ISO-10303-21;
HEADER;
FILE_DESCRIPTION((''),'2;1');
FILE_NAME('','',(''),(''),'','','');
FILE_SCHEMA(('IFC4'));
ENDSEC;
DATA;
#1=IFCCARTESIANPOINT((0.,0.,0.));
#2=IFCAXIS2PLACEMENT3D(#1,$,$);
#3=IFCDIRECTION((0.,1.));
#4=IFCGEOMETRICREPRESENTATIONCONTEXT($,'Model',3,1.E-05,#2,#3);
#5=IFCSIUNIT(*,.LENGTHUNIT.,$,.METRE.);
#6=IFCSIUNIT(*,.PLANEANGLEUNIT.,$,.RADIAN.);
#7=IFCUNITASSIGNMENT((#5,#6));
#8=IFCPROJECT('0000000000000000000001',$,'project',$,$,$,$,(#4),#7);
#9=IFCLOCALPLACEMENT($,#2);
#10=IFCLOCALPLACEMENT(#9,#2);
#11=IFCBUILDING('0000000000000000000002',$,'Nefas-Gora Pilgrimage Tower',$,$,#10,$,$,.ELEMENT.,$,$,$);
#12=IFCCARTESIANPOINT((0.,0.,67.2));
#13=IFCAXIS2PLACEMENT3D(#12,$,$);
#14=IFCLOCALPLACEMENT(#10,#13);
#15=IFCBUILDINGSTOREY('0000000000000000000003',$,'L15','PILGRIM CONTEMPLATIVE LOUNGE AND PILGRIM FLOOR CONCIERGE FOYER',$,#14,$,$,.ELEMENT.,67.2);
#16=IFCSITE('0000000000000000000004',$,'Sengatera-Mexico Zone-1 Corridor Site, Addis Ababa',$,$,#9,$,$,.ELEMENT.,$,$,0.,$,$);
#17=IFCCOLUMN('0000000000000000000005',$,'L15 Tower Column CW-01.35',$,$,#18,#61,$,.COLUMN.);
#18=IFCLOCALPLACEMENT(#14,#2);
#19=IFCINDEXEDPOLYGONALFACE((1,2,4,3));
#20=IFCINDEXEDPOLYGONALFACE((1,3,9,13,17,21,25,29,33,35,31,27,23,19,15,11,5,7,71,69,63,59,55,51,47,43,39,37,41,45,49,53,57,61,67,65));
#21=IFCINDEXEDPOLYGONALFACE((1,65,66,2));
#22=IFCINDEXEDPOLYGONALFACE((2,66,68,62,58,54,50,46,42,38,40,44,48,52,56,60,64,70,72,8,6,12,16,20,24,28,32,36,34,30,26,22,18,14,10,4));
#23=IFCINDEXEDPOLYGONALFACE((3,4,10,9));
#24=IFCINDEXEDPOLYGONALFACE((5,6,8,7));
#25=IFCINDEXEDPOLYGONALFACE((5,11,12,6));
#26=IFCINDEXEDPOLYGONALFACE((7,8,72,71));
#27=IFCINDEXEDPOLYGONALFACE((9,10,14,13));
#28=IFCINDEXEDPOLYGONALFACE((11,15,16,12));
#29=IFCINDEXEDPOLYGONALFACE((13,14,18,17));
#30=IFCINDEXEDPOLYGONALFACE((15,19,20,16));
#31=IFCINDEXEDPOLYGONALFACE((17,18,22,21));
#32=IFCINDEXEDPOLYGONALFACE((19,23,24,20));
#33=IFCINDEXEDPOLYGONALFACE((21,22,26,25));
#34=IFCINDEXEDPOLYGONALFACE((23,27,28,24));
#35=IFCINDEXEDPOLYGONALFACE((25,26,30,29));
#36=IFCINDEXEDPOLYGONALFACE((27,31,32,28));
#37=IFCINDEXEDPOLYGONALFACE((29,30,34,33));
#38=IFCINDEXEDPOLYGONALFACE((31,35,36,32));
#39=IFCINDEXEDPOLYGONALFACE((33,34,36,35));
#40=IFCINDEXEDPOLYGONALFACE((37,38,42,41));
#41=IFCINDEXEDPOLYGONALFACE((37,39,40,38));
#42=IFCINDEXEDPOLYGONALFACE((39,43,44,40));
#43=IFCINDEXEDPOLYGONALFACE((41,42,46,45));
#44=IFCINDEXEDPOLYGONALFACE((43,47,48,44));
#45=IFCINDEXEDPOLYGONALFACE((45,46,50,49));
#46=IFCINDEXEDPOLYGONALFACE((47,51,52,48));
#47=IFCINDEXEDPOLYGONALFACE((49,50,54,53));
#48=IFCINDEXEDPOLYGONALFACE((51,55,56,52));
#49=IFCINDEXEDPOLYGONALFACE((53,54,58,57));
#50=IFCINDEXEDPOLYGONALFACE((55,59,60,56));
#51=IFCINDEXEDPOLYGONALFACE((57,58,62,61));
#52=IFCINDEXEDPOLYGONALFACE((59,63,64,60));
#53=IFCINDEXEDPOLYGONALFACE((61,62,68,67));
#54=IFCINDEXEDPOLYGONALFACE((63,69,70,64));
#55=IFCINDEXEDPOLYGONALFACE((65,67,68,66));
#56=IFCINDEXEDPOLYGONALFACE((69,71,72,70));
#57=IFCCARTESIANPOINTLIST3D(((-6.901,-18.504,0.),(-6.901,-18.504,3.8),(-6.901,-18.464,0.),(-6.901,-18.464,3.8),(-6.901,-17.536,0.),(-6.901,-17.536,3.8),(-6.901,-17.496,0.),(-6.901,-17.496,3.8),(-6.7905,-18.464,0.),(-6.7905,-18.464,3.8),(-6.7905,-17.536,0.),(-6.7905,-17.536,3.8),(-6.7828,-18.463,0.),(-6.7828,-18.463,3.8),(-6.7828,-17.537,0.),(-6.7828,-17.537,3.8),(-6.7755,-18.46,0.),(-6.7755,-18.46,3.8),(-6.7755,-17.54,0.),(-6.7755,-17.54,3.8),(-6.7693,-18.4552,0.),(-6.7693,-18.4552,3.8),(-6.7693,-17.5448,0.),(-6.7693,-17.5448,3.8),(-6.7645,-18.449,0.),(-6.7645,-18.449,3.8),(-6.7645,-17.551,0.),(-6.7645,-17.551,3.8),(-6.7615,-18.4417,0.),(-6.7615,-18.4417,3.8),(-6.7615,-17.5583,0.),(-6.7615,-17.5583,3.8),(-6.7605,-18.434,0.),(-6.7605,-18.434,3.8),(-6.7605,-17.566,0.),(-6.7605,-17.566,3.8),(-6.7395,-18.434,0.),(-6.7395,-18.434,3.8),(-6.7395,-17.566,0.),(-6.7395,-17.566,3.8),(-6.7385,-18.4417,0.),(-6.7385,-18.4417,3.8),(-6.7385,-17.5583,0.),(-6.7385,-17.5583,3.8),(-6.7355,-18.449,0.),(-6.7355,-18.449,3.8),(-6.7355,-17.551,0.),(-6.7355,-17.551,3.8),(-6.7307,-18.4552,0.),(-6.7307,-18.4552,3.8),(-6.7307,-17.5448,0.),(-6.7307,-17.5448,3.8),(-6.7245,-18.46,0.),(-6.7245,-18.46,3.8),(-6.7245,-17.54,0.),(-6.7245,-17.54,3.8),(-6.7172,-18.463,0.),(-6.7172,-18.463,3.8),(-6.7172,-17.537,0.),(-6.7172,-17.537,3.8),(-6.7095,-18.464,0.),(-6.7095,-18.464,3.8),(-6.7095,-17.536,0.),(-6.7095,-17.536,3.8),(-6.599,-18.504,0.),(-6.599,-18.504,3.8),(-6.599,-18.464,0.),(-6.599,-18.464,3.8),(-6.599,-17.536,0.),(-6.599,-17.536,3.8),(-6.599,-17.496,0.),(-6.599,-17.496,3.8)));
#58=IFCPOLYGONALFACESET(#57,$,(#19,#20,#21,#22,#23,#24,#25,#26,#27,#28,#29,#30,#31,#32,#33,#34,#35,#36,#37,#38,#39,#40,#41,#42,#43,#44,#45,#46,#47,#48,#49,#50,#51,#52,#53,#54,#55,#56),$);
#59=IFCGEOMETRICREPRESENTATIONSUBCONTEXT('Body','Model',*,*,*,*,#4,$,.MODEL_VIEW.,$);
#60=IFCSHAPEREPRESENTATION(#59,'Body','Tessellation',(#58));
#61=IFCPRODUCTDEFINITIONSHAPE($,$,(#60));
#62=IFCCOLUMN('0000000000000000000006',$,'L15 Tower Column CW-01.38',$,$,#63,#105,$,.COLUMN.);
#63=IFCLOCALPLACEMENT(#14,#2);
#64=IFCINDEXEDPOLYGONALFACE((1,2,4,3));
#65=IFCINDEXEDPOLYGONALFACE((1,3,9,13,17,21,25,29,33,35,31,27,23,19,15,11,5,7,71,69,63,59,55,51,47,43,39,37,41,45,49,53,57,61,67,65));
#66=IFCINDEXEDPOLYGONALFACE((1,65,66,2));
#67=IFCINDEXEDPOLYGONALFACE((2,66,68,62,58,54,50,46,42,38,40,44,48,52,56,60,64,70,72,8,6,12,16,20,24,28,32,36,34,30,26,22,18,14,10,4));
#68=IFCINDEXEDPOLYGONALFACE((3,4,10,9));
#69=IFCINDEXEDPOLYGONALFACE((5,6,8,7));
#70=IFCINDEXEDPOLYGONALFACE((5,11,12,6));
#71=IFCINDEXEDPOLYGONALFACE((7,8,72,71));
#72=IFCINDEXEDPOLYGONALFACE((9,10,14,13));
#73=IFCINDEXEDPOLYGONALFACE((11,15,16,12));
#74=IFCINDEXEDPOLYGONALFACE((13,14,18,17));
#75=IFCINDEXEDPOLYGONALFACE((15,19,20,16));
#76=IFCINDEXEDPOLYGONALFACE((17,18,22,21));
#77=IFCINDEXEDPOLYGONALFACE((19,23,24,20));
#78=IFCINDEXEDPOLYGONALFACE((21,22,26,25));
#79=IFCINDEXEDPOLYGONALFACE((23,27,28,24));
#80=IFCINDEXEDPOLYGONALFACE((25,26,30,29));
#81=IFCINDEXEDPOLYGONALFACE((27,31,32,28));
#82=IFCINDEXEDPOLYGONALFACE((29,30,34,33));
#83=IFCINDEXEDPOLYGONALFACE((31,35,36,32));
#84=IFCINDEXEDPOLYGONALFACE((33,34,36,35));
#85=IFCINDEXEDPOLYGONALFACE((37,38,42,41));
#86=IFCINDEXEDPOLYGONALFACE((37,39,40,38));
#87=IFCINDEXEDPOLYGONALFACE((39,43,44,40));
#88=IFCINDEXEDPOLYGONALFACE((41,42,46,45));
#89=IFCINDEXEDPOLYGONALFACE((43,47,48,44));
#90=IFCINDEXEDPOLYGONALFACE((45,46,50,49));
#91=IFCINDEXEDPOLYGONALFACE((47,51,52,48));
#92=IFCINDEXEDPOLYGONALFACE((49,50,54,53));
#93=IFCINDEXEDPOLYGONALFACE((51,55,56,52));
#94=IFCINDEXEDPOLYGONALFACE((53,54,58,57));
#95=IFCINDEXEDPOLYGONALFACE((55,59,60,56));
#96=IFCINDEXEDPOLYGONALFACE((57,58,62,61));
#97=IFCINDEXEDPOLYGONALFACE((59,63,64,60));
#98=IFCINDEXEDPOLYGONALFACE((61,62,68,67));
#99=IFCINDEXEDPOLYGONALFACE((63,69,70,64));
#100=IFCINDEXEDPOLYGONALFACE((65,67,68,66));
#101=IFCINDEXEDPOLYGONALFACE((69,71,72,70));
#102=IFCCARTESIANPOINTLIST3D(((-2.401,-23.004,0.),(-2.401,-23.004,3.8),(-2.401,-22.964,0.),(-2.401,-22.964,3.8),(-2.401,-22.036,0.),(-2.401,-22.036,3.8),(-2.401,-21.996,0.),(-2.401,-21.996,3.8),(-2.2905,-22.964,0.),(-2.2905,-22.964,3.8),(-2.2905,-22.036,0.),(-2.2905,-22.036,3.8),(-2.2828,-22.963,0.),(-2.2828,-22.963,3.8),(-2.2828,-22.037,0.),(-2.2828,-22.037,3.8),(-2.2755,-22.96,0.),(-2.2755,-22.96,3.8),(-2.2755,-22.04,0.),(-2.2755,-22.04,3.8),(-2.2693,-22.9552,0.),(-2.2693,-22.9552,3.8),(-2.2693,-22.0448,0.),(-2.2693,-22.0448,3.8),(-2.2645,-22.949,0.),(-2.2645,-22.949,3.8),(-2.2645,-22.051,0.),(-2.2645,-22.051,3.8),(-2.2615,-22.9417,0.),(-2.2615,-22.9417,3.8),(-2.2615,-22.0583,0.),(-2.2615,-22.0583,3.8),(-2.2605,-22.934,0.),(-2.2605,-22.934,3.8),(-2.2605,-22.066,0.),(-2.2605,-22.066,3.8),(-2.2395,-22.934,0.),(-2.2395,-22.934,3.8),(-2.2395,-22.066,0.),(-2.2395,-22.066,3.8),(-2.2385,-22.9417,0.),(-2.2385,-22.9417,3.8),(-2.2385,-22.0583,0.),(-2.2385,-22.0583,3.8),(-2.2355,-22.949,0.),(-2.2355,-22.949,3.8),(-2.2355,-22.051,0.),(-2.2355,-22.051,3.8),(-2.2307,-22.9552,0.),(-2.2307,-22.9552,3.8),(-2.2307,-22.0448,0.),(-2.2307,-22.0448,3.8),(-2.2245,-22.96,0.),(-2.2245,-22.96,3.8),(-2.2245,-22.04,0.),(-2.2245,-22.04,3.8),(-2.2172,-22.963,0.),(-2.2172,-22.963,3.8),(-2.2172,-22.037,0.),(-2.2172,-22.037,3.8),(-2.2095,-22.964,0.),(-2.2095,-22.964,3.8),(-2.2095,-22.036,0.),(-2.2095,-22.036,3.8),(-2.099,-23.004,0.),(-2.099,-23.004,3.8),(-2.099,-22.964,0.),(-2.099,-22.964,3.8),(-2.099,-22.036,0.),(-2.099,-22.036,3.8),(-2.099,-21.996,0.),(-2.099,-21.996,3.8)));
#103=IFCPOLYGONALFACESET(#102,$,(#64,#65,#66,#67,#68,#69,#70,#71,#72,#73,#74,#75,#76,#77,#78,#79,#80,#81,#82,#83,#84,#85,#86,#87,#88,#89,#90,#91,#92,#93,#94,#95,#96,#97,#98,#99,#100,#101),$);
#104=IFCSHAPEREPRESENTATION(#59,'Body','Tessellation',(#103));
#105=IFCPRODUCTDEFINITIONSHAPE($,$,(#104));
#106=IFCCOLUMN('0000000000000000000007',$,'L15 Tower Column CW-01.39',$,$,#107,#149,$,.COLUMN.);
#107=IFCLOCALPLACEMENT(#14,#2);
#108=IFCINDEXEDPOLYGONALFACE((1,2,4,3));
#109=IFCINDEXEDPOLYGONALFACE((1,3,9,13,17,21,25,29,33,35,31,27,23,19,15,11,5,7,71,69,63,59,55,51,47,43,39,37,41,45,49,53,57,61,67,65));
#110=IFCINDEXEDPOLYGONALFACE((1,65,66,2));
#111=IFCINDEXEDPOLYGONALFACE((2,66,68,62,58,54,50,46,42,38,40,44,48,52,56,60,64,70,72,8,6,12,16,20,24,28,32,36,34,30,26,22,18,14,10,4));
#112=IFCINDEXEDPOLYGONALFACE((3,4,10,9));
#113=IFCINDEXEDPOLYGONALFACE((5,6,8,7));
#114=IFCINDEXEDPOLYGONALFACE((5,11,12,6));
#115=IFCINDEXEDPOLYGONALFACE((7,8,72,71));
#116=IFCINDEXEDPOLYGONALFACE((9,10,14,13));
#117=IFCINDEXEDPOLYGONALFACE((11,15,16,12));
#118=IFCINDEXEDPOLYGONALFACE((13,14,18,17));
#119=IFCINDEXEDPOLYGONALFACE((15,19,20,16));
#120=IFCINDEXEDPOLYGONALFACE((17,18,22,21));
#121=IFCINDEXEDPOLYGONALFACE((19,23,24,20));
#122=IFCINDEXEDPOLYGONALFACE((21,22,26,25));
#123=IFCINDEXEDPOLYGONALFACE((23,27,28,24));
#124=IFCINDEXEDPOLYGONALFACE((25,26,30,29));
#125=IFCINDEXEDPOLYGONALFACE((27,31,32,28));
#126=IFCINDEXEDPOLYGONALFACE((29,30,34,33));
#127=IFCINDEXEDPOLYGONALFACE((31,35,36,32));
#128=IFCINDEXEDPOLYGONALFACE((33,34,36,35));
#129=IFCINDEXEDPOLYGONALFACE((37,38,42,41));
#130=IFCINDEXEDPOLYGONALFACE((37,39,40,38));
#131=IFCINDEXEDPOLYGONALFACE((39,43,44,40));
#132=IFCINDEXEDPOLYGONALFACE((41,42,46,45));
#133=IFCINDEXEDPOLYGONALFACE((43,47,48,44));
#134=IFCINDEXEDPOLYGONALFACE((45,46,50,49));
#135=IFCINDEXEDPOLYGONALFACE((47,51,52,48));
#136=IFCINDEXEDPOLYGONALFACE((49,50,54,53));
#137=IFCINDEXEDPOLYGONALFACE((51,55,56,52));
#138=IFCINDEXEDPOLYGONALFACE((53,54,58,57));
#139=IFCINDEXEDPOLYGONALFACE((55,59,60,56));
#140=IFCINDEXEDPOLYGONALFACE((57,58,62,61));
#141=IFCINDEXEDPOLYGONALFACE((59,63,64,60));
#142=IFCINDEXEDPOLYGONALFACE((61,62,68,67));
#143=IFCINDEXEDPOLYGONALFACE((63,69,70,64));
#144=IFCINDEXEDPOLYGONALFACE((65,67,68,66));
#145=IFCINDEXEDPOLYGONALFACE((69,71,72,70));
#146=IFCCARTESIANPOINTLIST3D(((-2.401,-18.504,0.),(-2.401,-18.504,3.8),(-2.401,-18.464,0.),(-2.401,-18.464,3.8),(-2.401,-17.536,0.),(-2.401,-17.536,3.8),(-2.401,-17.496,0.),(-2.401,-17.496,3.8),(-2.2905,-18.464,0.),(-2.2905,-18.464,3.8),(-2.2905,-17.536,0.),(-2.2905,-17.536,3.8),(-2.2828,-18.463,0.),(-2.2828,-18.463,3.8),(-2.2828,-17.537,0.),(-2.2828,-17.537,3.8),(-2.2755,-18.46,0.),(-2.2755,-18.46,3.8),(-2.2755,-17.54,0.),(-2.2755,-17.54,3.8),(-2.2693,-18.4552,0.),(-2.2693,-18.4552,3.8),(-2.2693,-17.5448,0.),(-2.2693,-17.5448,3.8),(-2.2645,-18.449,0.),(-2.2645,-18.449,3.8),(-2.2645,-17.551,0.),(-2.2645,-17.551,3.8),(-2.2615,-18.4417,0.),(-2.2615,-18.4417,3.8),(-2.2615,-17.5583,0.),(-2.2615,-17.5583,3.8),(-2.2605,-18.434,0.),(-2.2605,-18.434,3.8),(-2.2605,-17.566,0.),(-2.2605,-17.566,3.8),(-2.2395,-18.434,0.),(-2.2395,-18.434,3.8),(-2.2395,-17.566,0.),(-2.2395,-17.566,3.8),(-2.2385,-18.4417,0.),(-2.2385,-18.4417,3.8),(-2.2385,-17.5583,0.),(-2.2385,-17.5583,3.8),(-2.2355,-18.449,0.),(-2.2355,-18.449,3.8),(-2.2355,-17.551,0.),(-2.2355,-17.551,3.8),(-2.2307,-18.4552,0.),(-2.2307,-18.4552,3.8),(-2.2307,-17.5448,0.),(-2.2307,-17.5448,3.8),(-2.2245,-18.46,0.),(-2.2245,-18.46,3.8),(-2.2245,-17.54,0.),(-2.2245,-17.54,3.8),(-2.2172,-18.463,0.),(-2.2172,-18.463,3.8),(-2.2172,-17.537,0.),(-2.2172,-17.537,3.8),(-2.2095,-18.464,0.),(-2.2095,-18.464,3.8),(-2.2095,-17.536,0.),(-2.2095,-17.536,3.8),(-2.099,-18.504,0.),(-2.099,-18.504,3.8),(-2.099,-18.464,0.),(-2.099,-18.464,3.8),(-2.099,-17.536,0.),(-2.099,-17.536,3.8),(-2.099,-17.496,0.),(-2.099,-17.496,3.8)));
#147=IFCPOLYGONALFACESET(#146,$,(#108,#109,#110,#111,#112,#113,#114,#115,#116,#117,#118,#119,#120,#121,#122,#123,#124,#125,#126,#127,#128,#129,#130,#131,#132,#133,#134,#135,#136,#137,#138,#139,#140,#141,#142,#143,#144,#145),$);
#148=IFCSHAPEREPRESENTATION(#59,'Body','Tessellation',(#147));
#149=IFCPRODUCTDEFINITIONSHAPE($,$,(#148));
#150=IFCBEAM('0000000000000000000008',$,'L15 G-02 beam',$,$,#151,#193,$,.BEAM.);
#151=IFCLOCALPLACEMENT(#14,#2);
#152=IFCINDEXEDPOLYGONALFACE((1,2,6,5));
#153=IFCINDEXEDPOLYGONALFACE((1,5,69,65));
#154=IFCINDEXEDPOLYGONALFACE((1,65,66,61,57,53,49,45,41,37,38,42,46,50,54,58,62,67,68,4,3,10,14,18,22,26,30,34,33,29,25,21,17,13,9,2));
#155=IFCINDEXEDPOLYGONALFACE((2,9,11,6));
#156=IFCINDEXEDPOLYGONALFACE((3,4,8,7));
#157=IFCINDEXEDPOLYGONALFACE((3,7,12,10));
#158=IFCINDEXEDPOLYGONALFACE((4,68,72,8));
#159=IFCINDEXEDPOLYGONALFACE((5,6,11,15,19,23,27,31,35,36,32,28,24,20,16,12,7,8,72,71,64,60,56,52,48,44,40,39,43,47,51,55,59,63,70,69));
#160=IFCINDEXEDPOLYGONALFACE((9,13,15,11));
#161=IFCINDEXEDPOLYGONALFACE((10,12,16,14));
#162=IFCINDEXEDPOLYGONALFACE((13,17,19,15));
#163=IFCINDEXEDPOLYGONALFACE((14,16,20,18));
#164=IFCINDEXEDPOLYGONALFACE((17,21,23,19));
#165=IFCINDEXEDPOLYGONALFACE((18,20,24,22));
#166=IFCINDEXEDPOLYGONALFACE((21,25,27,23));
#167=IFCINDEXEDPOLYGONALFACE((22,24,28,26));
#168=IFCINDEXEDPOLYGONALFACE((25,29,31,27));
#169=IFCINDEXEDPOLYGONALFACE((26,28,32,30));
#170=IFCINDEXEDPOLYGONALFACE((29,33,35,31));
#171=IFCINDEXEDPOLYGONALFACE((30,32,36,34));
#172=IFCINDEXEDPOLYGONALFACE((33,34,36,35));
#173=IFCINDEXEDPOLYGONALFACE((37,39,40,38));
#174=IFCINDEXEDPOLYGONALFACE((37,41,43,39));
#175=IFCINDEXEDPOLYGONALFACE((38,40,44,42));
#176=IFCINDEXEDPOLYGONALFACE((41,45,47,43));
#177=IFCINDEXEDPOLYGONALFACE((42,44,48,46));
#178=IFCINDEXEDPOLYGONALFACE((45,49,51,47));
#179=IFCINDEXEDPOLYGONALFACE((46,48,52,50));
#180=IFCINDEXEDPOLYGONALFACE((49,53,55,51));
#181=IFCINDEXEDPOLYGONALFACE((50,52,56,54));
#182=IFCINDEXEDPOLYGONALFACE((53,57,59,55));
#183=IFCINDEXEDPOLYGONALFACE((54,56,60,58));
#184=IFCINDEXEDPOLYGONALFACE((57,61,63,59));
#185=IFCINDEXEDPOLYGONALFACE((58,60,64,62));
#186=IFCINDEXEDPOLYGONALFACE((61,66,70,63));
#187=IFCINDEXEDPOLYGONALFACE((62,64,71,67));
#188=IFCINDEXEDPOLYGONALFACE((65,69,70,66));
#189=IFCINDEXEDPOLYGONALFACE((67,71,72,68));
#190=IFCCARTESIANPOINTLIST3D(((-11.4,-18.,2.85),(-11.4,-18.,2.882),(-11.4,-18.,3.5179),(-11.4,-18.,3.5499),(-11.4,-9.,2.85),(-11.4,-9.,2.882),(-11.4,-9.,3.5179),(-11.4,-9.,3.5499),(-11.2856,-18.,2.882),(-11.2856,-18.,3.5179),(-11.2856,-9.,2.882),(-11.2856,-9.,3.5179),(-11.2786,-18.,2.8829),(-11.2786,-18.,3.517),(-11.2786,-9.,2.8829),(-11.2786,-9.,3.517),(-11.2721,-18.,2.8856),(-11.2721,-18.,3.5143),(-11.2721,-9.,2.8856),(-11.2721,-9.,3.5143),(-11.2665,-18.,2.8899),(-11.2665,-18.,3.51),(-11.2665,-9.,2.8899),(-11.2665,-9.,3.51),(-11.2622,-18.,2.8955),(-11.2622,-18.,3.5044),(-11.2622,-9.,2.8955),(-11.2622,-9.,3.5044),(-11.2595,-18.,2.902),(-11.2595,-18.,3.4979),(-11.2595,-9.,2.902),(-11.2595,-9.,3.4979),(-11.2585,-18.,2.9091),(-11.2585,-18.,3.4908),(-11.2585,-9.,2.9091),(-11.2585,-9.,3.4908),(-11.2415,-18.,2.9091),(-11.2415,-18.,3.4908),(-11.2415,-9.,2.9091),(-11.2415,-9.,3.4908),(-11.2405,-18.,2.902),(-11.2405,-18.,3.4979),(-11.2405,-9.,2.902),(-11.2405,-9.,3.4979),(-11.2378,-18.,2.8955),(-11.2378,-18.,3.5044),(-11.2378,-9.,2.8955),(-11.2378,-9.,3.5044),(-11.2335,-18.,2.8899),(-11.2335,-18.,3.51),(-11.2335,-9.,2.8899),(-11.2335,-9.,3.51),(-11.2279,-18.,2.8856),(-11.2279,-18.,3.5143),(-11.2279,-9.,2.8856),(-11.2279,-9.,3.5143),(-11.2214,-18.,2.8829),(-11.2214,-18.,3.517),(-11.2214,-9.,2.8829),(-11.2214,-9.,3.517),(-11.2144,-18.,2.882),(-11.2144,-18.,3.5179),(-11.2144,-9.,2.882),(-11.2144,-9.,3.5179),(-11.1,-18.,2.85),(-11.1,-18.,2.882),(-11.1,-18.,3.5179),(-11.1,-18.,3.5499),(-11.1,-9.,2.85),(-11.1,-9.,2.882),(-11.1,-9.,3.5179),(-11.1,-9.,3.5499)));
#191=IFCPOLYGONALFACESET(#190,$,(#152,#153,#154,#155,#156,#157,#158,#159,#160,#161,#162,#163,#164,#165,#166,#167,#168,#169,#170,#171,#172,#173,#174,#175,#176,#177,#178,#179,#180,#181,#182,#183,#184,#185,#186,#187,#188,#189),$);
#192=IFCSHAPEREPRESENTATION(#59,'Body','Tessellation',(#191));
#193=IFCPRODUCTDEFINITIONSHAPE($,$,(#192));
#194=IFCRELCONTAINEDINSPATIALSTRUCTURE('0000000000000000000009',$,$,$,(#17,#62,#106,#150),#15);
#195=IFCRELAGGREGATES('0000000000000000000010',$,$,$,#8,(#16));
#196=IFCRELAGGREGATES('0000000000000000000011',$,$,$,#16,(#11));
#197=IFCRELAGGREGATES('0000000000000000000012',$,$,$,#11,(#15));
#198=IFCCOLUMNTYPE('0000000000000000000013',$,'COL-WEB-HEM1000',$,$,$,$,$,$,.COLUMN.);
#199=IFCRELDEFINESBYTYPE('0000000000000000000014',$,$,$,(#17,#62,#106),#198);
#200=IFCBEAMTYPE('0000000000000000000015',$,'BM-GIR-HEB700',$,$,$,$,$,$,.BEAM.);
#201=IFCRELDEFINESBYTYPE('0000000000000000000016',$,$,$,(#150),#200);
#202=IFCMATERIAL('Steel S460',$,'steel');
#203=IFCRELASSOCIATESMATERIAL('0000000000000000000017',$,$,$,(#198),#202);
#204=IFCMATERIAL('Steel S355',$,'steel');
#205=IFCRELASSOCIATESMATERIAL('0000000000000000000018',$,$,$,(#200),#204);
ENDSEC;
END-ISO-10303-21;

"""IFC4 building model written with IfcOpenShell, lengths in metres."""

from ifc_helpers import new_model, si_unit, direction, frame, origin, origin_2d, place, context, subcontext, project, spatial, i_section, extrude, source, transform, mapped, material, material_profile, profile_set, type_object, element, save


model = new_model("IFC4")

# Units and contexts
model_context = context("Model", 3, precision=1e-05, world=origin(), true_north=direction((0.0, 1.0)))
body_context = subcontext(model_context, "Body", "Model", "MODEL_VIEW")
ifc_project = project(units=[si_unit("LENGTHUNIT", "METRE"), si_unit("PLANEANGLEUNIT", "RADIAN")], contexts=[model_context])

# Site, building, storey
site_placement = place(None, origin())
site = spatial("IfcSite", under=ifc_project, at=site_placement, Name="Sengatera-Mexico Zone-1 Corridor Site, Addis Ababa", CompositionType="ELEMENT", RefElevation=0.0)
building_placement = place(site_placement, origin())
building = spatial("IfcBuilding", under=site, at=building_placement, Name="Nefas-Gora Pilgrimage Tower", CompositionType="ELEMENT")
storey_placement = place(building_placement, frame((0.0, 0.0, 67.2)))
storey = spatial("IfcBuildingStorey", under=building, at=storey_placement, Name="L15", Description="PILGRIM CONTEMPLATIVE LOUNGE AND PILGRIM FLOOR CONCIERGE FOYER", CompositionType="ELEMENT", Elevation=67.2)

# Columns
ifc_material_1 = material(Name="Steel S460", Category="steel")
ifc_material_profile_1 = material_profile(ifc_material_1, i_section(OverallWidth=0.302, OverallDepth=1.0081, WebThickness=0.021, FlangeThickness=0.04, FilletRadius=0.03, at=origin_2d()), Name="HEM 1000")
ifc_profile_set_1 = profile_set([ifc_material_profile_1], Name="Steel S460")
column_type_1 = type_object("IfcColumnType", Name="COL-WEB-HEM1000", PredefinedType="COLUMN", material=ifc_profile_set_1)
shared_shape_1 = source(origin(), body_context, "Body", "SweptSolid", [
    extrude(i_section(OverallWidth=0.302, OverallDepth=1.0081, WebThickness=0.021, FlangeThickness=0.04, FilletRadius=0.03, at=origin_2d()), origin(), (0.0, 0.0, 1.0), 3.8),
])
for number, where, z_axis, x_axis, name in (
    (1, (-6.75, -18.0, 0.0), (0.0, 0.0, 1.0), (1.0, 0.0, 0.0), "L15 Tower Column CW-01.35"),
    (2, (-2.25, -22.5, 0.0), (0.0, 0.0, 1.0), (1.0, 0.0, 0.0), "L15 Tower Column CW-01.38"),
    (3, (-2.25, -18.0, 0.0), (0.0, 0.0, 1.0), (1.0, 0.0, 0.0), "L15 Tower Column CW-01.39"),
):
    element("IfcColumn", number, at=place(storey_placement, frame(where, z_axis=z_axis, x_axis=x_axis)), inside=storey, type_object=column_type_1, Name=name, PredefinedType="COLUMN", context=body_context, shape_type="MappedRepresentation", body=[
        mapped(shared_shape_1, transform((0.0, 0.0, 0.0), x_axis=(1.0, 0.0, 0.0), y_axis=(0.0, 1.0, 0.0), z_axis=(0.0, 0.0, 1.0), scale=1.0)),
    ])

# Beam
ifc_material_2 = material(Name="Steel S355", Category="steel")
ifc_material_profile_2 = material_profile(ifc_material_2, i_section(OverallWidth=0.3, OverallDepth=0.7, WebThickness=0.0171, FlangeThickness=0.032, FilletRadius=0.0271, at=origin_2d()), Name="HEB 700")
ifc_profile_set_2 = profile_set([ifc_material_profile_2], Name="Steel S355")
beam_type = type_object("IfcBeamType", Name="BM-GIR-HEB700", PredefinedType="BEAM", material=ifc_profile_set_2)
shared_shape_2 = source(origin(), body_context, "Body", "SweptSolid", [
    extrude(i_section(OverallWidth=0.3, OverallDepth=0.7, WebThickness=0.0171, FlangeThickness=0.032, FilletRadius=0.0271, at=origin_2d()), origin(), (0.0, 0.0, 1.0), 9.0),
])
beam_placement = place(storey_placement, frame((-11.25, -18.0, 3.2), z_axis=(0.0, 1.0, 0.0), x_axis=(-1.0, 0.0, 0.0)))
element("IfcBeam", 4, at=beam_placement, inside=storey, type_object=beam_type, Name="L15 G-02 beam", PredefinedType="BEAM", context=body_context, shape_type="MappedRepresentation", body=[
    mapped(shared_shape_2, transform((0.0, 0.0, 0.0), x_axis=(1.0, 0.0, 0.0), y_axis=(0.0, 1.0, 0.0), z_axis=(0.0, 0.0, 1.0), scale=1.0)),
])

save(model, "model.ifc")
